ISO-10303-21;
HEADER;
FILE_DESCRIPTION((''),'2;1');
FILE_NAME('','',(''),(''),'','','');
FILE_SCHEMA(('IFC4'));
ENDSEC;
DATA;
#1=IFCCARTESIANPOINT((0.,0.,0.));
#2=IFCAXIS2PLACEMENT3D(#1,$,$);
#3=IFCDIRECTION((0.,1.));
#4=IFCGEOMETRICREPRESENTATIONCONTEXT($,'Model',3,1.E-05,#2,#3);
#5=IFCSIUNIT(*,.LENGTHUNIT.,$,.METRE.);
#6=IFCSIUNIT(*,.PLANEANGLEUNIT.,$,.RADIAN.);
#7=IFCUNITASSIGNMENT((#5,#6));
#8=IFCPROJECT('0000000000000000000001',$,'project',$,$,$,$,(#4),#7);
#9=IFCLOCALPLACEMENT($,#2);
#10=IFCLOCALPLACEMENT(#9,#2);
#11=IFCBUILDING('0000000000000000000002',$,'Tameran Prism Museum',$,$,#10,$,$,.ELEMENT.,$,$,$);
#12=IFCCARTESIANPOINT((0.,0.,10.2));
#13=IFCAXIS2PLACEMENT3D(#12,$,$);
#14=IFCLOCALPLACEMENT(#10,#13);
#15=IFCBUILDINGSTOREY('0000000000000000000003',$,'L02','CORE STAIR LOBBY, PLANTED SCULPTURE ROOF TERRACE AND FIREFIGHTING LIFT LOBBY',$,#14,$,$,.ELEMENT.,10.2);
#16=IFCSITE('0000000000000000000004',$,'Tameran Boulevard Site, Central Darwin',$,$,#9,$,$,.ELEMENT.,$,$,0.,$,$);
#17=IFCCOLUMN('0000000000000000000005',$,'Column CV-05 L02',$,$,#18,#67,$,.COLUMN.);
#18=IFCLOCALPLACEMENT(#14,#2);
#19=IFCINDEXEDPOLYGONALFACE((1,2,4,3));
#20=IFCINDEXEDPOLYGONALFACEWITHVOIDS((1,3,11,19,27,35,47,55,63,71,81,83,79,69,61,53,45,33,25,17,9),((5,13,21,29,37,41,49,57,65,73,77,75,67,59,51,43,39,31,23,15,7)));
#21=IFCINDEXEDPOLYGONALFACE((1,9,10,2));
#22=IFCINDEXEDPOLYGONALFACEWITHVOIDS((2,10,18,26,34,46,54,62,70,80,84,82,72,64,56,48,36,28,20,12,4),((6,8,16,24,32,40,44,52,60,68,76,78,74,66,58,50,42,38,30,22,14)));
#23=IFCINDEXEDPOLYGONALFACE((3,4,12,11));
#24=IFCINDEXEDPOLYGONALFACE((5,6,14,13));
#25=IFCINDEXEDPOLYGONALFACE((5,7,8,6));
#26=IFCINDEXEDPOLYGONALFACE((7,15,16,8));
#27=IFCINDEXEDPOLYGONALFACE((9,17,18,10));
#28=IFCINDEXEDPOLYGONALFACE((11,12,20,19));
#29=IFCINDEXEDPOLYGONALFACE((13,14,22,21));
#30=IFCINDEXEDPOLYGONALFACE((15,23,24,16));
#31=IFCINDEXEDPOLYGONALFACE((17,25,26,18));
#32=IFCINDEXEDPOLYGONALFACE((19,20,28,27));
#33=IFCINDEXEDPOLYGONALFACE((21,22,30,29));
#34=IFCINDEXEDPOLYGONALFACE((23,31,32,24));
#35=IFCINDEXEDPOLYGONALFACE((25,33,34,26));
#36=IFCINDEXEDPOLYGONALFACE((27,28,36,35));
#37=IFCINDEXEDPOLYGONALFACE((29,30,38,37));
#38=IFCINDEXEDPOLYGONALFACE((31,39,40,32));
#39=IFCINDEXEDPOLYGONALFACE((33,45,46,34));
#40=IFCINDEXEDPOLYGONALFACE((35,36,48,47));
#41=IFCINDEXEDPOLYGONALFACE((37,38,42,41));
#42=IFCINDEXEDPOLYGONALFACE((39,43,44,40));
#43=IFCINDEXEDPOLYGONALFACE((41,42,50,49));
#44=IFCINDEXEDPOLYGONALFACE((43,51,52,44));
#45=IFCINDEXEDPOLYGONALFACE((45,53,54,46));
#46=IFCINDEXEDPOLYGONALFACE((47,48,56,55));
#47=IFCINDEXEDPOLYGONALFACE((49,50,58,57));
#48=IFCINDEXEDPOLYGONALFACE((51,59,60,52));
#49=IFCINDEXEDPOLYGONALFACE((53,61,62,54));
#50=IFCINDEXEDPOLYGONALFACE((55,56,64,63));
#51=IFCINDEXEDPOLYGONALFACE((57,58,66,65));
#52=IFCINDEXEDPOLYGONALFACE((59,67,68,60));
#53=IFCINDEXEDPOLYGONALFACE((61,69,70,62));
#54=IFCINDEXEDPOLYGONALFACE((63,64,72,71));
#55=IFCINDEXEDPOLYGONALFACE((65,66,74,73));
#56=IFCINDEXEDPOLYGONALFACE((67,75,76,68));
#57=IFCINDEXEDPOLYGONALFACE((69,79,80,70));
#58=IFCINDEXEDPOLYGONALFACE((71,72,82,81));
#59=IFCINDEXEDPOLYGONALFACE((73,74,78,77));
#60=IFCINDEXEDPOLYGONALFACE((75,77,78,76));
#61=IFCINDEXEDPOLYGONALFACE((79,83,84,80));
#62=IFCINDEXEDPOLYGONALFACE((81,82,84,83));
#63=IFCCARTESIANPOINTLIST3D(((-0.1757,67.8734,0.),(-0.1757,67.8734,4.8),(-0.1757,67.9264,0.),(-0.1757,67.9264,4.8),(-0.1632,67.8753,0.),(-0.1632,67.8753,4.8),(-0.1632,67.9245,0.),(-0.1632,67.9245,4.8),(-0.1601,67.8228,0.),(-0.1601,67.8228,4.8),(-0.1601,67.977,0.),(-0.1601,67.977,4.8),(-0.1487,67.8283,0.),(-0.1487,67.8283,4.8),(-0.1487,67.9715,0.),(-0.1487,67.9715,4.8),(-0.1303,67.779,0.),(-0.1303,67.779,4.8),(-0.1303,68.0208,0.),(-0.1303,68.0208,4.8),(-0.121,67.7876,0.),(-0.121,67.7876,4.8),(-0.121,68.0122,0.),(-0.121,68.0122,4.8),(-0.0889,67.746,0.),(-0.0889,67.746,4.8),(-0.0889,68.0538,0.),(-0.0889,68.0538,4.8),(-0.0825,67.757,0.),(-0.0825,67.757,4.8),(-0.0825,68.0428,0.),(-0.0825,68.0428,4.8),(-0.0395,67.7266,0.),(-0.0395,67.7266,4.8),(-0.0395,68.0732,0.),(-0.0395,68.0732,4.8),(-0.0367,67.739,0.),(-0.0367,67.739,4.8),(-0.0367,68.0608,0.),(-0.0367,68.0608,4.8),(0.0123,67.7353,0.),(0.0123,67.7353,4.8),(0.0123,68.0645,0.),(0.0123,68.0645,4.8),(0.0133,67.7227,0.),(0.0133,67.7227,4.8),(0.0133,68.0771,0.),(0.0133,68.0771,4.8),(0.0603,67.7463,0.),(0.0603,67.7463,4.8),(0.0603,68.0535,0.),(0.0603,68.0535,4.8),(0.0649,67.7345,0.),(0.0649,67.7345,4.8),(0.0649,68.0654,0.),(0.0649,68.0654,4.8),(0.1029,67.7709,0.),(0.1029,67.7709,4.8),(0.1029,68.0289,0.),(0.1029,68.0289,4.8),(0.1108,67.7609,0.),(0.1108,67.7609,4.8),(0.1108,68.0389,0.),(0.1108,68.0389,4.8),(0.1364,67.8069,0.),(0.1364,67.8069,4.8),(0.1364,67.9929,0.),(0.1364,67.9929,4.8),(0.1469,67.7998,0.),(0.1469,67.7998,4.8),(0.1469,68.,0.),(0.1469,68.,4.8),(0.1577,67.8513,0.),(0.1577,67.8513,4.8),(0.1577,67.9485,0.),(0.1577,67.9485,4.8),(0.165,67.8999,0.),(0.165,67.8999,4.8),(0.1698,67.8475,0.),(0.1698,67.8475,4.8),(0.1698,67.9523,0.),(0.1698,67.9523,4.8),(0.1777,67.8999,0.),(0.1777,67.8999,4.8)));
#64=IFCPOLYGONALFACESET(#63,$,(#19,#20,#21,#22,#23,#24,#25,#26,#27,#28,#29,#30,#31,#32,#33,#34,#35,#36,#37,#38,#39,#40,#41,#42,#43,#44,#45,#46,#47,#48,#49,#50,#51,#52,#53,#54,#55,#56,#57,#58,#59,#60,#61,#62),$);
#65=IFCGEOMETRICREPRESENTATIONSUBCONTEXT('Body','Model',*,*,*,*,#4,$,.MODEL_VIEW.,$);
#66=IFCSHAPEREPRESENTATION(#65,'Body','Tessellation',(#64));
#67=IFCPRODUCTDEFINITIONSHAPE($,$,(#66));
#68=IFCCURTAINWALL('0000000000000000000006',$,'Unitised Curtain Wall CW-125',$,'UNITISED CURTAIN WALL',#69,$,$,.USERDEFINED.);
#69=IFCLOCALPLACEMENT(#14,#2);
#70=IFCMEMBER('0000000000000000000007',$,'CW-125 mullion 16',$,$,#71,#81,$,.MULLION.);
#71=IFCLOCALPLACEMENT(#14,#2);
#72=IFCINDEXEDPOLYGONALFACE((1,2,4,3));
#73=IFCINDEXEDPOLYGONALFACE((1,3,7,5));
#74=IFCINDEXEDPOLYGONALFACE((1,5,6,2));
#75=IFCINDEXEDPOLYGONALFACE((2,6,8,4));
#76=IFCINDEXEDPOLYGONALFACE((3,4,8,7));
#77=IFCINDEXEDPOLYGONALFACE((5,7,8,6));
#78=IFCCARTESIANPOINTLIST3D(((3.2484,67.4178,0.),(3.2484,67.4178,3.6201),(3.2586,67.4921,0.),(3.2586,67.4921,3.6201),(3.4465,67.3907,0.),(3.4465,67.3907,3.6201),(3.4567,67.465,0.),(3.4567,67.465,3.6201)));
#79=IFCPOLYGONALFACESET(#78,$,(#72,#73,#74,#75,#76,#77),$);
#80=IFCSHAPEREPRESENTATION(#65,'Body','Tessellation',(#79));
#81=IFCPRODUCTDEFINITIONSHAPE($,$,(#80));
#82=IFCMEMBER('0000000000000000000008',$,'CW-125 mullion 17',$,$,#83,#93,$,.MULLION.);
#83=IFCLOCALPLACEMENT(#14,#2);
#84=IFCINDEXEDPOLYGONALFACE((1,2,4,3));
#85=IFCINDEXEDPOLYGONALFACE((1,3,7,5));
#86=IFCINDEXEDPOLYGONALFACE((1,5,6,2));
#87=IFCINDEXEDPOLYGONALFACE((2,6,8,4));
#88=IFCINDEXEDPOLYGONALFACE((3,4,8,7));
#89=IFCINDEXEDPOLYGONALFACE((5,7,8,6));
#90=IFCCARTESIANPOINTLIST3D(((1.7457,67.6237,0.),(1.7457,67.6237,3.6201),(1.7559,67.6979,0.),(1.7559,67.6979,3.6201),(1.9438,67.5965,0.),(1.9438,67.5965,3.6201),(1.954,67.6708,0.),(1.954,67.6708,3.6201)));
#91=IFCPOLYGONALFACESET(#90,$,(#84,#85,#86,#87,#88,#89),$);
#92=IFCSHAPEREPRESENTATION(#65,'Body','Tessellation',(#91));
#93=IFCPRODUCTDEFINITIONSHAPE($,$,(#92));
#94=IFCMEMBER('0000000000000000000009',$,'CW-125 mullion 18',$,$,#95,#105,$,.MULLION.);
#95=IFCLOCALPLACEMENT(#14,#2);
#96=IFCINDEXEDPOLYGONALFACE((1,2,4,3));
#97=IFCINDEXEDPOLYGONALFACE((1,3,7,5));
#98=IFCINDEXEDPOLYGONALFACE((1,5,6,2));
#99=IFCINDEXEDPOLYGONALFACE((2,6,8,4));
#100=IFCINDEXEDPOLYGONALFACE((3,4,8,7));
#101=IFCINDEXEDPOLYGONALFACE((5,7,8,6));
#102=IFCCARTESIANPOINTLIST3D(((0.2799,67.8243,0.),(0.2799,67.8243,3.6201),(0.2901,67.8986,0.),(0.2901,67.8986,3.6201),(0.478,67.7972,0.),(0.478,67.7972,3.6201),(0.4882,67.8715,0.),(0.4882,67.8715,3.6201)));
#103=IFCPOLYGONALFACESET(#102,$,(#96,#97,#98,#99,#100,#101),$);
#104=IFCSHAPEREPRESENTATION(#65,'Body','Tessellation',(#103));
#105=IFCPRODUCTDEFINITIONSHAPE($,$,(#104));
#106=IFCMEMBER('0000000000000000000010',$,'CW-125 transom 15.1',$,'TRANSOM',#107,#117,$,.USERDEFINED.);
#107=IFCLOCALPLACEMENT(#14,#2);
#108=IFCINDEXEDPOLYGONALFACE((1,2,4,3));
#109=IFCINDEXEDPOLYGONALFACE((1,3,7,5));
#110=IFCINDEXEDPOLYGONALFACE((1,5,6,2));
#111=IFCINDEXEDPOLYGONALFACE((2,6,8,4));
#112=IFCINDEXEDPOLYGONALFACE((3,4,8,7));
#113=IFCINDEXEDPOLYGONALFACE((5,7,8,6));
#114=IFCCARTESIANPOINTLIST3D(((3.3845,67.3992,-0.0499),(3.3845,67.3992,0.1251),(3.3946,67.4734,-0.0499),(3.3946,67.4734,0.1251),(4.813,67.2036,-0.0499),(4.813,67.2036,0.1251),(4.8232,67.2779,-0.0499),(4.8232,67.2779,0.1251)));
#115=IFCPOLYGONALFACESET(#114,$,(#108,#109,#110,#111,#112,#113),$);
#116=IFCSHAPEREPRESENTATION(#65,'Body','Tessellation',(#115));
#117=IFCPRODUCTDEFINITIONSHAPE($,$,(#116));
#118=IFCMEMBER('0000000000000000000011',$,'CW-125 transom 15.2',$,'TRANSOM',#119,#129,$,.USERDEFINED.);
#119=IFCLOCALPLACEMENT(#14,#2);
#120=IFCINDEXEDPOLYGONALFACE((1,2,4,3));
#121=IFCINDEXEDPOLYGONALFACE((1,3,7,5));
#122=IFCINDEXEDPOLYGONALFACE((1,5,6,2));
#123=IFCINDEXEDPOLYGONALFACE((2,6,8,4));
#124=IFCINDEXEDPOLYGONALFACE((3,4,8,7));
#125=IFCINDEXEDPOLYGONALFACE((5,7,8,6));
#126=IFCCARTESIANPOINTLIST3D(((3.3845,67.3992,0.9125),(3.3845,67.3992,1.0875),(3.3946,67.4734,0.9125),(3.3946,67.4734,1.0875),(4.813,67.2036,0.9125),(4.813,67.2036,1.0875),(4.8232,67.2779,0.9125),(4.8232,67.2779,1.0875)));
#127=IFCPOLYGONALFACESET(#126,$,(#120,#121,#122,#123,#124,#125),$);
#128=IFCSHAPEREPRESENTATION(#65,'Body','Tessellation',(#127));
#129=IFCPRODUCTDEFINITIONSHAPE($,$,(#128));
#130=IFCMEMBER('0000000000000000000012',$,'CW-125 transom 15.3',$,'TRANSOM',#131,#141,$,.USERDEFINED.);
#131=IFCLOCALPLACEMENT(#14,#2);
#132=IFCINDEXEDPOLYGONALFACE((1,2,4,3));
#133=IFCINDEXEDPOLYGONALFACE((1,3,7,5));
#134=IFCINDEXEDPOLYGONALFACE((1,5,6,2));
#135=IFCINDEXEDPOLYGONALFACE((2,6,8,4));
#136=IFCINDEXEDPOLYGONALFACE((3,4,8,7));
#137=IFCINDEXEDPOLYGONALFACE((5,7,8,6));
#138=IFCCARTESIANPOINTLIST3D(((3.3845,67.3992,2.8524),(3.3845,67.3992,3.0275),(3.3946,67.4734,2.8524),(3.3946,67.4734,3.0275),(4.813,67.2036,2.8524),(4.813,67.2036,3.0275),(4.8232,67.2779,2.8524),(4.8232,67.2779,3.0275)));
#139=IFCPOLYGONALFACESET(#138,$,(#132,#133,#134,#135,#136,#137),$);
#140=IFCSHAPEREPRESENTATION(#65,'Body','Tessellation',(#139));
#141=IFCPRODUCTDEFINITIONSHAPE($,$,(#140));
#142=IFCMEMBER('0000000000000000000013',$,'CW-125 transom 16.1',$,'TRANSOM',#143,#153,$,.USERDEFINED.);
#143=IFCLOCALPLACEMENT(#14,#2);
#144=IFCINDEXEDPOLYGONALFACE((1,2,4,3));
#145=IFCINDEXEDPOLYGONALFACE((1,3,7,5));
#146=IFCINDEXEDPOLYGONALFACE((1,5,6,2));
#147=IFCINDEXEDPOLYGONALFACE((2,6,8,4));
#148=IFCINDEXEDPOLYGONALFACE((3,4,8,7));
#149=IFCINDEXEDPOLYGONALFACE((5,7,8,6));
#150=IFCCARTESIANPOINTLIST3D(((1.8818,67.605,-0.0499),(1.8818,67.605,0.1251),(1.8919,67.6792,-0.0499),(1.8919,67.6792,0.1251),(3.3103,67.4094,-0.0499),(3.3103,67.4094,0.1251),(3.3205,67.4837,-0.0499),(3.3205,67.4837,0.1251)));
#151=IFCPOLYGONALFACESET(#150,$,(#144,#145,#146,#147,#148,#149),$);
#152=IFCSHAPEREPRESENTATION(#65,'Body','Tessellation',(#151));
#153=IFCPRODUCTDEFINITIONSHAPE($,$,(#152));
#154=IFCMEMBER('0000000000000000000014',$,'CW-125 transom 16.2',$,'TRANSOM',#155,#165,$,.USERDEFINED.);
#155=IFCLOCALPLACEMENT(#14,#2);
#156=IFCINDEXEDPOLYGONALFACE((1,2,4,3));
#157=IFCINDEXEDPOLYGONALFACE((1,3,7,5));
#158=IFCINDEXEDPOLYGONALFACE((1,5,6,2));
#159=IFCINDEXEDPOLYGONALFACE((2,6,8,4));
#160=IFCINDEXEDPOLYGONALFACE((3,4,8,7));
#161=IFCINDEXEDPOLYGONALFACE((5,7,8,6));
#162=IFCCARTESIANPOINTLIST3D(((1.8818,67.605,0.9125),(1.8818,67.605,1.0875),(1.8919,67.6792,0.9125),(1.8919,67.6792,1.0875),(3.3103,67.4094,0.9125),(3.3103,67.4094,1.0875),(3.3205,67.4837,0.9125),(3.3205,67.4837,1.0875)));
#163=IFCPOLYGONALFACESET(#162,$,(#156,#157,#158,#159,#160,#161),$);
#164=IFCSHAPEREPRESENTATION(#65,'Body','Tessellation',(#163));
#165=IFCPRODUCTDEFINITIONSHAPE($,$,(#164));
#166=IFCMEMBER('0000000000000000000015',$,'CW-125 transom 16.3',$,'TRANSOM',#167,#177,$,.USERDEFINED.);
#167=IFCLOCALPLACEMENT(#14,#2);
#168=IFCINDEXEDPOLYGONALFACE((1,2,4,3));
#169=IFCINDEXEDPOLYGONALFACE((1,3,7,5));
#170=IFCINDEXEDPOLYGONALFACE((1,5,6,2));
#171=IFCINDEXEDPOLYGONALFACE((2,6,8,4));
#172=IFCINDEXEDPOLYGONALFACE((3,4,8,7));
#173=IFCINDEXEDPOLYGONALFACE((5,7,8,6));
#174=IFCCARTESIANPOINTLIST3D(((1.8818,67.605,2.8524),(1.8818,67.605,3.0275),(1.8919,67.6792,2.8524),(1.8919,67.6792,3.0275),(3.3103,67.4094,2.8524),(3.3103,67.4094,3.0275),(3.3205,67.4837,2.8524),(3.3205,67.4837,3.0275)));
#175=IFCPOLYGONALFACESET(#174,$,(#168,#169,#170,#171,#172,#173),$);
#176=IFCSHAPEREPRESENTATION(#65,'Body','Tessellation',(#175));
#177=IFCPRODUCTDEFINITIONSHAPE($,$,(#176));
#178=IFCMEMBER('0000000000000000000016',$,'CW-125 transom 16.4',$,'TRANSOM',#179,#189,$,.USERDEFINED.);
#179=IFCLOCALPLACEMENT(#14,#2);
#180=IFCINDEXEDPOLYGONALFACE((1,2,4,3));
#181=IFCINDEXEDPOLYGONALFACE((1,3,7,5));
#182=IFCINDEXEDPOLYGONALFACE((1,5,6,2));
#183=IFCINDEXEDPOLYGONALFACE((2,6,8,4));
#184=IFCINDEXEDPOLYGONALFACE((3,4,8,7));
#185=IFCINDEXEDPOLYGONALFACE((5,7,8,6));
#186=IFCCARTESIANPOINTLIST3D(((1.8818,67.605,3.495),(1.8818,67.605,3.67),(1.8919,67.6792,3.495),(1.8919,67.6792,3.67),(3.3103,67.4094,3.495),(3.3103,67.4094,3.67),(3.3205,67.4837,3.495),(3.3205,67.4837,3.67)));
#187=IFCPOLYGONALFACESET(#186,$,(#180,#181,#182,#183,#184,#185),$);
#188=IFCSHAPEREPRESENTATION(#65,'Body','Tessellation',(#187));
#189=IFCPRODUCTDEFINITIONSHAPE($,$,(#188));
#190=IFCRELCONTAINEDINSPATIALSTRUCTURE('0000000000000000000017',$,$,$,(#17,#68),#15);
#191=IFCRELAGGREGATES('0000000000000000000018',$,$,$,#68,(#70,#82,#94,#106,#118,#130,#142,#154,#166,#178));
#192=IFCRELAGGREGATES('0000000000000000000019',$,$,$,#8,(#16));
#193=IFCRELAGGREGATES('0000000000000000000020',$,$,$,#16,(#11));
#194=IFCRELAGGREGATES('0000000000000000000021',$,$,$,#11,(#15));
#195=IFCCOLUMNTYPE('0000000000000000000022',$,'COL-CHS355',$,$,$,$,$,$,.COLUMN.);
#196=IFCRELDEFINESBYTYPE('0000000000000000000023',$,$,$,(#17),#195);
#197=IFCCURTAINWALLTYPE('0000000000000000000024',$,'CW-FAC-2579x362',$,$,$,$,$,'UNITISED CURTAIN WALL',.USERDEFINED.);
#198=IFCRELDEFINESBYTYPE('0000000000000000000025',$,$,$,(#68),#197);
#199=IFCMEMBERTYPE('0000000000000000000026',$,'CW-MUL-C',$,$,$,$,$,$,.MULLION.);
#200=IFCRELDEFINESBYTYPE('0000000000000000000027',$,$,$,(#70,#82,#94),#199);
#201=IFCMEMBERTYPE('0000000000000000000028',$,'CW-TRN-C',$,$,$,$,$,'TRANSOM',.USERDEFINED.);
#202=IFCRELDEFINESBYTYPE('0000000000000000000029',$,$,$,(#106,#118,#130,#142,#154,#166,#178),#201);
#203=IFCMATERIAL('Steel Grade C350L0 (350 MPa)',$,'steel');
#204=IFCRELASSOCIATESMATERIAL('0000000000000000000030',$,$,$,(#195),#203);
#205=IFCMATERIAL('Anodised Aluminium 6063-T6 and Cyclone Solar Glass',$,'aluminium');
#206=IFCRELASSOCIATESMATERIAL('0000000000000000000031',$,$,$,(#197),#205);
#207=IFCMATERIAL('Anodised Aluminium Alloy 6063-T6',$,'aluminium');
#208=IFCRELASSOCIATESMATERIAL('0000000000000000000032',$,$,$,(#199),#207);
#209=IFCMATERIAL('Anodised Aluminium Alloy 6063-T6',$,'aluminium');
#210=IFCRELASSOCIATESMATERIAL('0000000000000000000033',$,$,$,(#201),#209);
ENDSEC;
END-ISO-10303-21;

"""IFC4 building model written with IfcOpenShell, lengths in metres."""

from ifc_helpers import new_model, si_unit, direction, frame, origin, origin_2d, place, context, subcontext, project, spatial, rectangle, hollow_circle, extrude, material, material_profile, profile_set, type_object, element, aggregate, save


model = new_model("IFC4")

# Units and contexts
model_context = context("Model", 3, precision=1e-05, world=origin(), true_north=direction((0.0, 1.0)))
body_context = subcontext(model_context, "Body", "Model", "MODEL_VIEW")
ifc_project = project(units=[si_unit("LENGTHUNIT", "METRE"), si_unit("PLANEANGLEUNIT", "RADIAN")], contexts=[model_context])

# Site, building, storey
site_placement = place(None, origin())
site = spatial("IfcSite", under=ifc_project, at=site_placement, Name="Tameran Boulevard Site, Central Darwin", CompositionType="ELEMENT", RefElevation=0.0)
building_placement = place(site_placement, origin())
building = spatial("IfcBuilding", under=site, at=building_placement, Name="Tameran Prism Museum", CompositionType="ELEMENT")
storey_placement = place(building_placement, frame((0.0, 0.0, 10.2)))
storey = spatial("IfcBuildingStorey", under=building, at=storey_placement, Name="L02", Description="CORE STAIR LOBBY, PLANTED SCULPTURE ROOF TERRACE AND FIREFIGHTING LIFT LOBBY", CompositionType="ELEMENT", Elevation=10.2)

# Column
ifc_material_1 = material(Name="Steel Grade C350L0 (350 MPa)", Category="steel")
ifc_material_profile_1 = material_profile(ifc_material_1, hollow_circle(Radius=0.1777, WallThickness=0.0127, at=origin_2d()))
ifc_profile_set_1 = profile_set([ifc_material_profile_1])
column_type = type_object("IfcColumnType", Name="COL-CHS355", PredefinedType="COLUMN", material=ifc_profile_set_1)
column_placement = place(storey_placement, frame((0.0, 67.8999, 0.0), z_axis=(0.0, 0.0, 1.0), x_axis=(1.0, 0.0, 0.0)))
element("IfcColumn", 1, at=column_placement, inside=storey, type_object=column_type, Name="Column CV-05 L02", PredefinedType="COLUMN", context=body_context, shape_type="SweptSolid", body=[
    extrude(hollow_circle(Radius=0.1777, WallThickness=0.0127, at=origin_2d()), origin(), (0.0, 0.0, 1.0), 4.8),
])

# Curtain wall, members
ifc_material_2 = material(Name="Anodised Aluminium 6063-T6 and Cyclone Solar Glass", Category="aluminium")
curtain_wall_type = type_object("IfcCurtainWallType", Name="CW-FAC-2579x362", ElementType="UNITISED CURTAIN WALL", PredefinedType="USERDEFINED", material=ifc_material_2)
curtain_wall_placement = place(storey_placement, origin())
curtain_wall = element("IfcCurtainWall", 2, at=curtain_wall_placement, inside=storey, type_object=curtain_wall_type, Name="Unitised Curtain Wall CW-125", ObjectType="UNITISED CURTAIN WALL", PredefinedType="USERDEFINED")
ifc_material_3 = material(Name="Anodised Aluminium Alloy 6063-T6", Category="aluminium")
ifc_material_profile_2 = material_profile(ifc_material_3, rectangle(XDim=0.075, YDim=0.2, at=origin_2d()))
ifc_profile_set_2 = profile_set([ifc_material_profile_2])
member_type_1 = type_object("IfcMemberType", Name="CW-MUL-C", PredefinedType="MULLION", material=ifc_profile_set_2)
member_1_placement = place(storey_placement, frame((3.3525, 67.4414, 0.0), z_axis=(0.0, 0.0, 1.0), x_axis=(-0.135658, -0.990756, 0.0)))
member_1 = element("IfcMember", 3, at=member_1_placement, type_object=member_type_1, Name="CW-125 mullion 16", PredefinedType="MULLION", context=body_context, shape_type="SweptSolid", body=[
    extrude(rectangle(XDim=0.075, YDim=0.2, at=origin_2d()), origin(), (0.0, 0.0, 1.0), 3.6201),
])
member_2_placement = place(storey_placement, frame((1.8499, 67.6472, 0.0), z_axis=(0.0, 0.0, 1.0), x_axis=(-0.135658, -0.990756, 0.0)))
member_2 = element("IfcMember", 4, at=member_2_placement, type_object=member_type_1, Name="CW-125 mullion 17", PredefinedType="MULLION", context=body_context, shape_type="SweptSolid", body=[
    extrude(rectangle(XDim=0.075, YDim=0.2, at=origin_2d()), origin(), (0.0, 0.0, 1.0), 3.6201),
])
member_3_placement = place(storey_placement, frame((0.384, 67.8479, 0.0), z_axis=(0.0, 0.0, 1.0), x_axis=(-0.135658, -0.990756, 0.0)))
member_3 = element("IfcMember", 5, at=member_3_placement, type_object=member_type_1, Name="CW-125 mullion 18", PredefinedType="MULLION", context=body_context, shape_type="SweptSolid", body=[
    extrude(rectangle(XDim=0.075, YDim=0.2, at=origin_2d()), origin(), (0.0, 0.0, 1.0), 3.6201),
])
ifc_material_4 = material(Name="Anodised Aluminium Alloy 6063-T6", Category="aluminium")
ifc_material_profile_3 = material_profile(ifc_material_4, rectangle(XDim=0.075, YDim=0.175, at=origin_2d()))
ifc_profile_set_3 = profile_set([ifc_material_profile_3])
member_type_2 = type_object("IfcMemberType", Name="CW-TRN-C", ElementType="TRANSOM", PredefinedType="USERDEFINED", material=ifc_profile_set_3)
member_4_placement = place(storey_placement, frame((4.8181, 67.2407, 0.0376), z_axis=(-0.990759, 0.135635, 0.0), x_axis=(-0.135635, -0.990759, 0.0)))
member_4 = element("IfcMember", 6, at=member_4_placement, type_object=member_type_2, Name="CW-125 transom 15.1", ObjectType="TRANSOM", PredefinedType="USERDEFINED", context=body_context, shape_type="SweptSolid", body=[
    extrude(rectangle(XDim=0.075, YDim=0.175, at=origin_2d()), origin(), (0.0, 0.0, 1.0), 1.4419),
])
member_5_placement = place(storey_placement, frame((4.8181, 67.2407, 1.0), z_axis=(-0.990759, 0.135635, 0.0), x_axis=(-0.135635, -0.990759, 0.0)))
member_5 = element("IfcMember", 7, at=member_5_placement, type_object=member_type_2, Name="CW-125 transom 15.2", ObjectType="TRANSOM", PredefinedType="USERDEFINED", context=body_context, shape_type="SweptSolid", body=[
    extrude(rectangle(XDim=0.075, YDim=0.175, at=origin_2d()), origin(), (0.0, 0.0, 1.0), 1.4419),
])
member_6_placement = place(storey_placement, frame((4.8181, 67.2407, 2.9399), z_axis=(-0.990759, 0.135635, 0.0), x_axis=(-0.135635, -0.990759, 0.0)))
member_6 = element("IfcMember", 8, at=member_6_placement, type_object=member_type_2, Name="CW-125 transom 15.3", ObjectType="TRANSOM", PredefinedType="USERDEFINED", context=body_context, shape_type="SweptSolid", body=[
    extrude(rectangle(XDim=0.075, YDim=0.175, at=origin_2d()), origin(), (0.0, 0.0, 1.0), 1.4419),
])
member_7_placement = place(storey_placement, frame((3.3154, 67.4465, 0.0376), z_axis=(-0.990759, 0.135635, 0.0), x_axis=(-0.135635, -0.990759, 0.0)))
member_7 = element("IfcMember", 9, at=member_7_placement, type_object=member_type_2, Name="CW-125 transom 16.1", ObjectType="TRANSOM", PredefinedType="USERDEFINED", context=body_context, shape_type="SweptSolid", body=[
    extrude(rectangle(XDim=0.075, YDim=0.175, at=origin_2d()), origin(), (0.0, 0.0, 1.0), 1.4419),
])
member_8_placement = place(storey_placement, frame((3.3154, 67.4465, 1.0), z_axis=(-0.990759, 0.135635, 0.0), x_axis=(-0.135635, -0.990759, 0.0)))
member_8 = element("IfcMember", 10, at=member_8_placement, type_object=member_type_2, Name="CW-125 transom 16.2", ObjectType="TRANSOM", PredefinedType="USERDEFINED", context=body_context, shape_type="SweptSolid", body=[
    extrude(rectangle(XDim=0.075, YDim=0.175, at=origin_2d()), origin(), (0.0, 0.0, 1.0), 1.4419),
])
member_9_placement = place(storey_placement, frame((3.3154, 67.4465, 2.9399), z_axis=(-0.990759, 0.135635, 0.0), x_axis=(-0.135635, -0.990759, 0.0)))
member_9 = element("IfcMember", 11, at=member_9_placement, type_object=member_type_2, Name="CW-125 transom 16.3", ObjectType="TRANSOM", PredefinedType="USERDEFINED", context=body_context, shape_type="SweptSolid", body=[
    extrude(rectangle(XDim=0.075, YDim=0.175, at=origin_2d()), origin(), (0.0, 0.0, 1.0), 1.4419),
])
member_10_placement = place(storey_placement, frame((3.3154, 67.4465, 3.5825), z_axis=(-0.990759, 0.135635, 0.0), x_axis=(-0.135635, -0.990759, 0.0)))
member_10 = element("IfcMember", 12, at=member_10_placement, type_object=member_type_2, Name="CW-125 transom 16.4", ObjectType="TRANSOM", PredefinedType="USERDEFINED", context=body_context, shape_type="SweptSolid", body=[
    extrude(rectangle(XDim=0.075, YDim=0.175, at=origin_2d()), origin(), (0.0, 0.0, 1.0), 1.4419),
])
aggregate(curtain_wall, [member_1, member_2, member_3, member_4, member_5, member_6, member_7, member_8, member_9, member_10])

save(model, "model.ifc")
